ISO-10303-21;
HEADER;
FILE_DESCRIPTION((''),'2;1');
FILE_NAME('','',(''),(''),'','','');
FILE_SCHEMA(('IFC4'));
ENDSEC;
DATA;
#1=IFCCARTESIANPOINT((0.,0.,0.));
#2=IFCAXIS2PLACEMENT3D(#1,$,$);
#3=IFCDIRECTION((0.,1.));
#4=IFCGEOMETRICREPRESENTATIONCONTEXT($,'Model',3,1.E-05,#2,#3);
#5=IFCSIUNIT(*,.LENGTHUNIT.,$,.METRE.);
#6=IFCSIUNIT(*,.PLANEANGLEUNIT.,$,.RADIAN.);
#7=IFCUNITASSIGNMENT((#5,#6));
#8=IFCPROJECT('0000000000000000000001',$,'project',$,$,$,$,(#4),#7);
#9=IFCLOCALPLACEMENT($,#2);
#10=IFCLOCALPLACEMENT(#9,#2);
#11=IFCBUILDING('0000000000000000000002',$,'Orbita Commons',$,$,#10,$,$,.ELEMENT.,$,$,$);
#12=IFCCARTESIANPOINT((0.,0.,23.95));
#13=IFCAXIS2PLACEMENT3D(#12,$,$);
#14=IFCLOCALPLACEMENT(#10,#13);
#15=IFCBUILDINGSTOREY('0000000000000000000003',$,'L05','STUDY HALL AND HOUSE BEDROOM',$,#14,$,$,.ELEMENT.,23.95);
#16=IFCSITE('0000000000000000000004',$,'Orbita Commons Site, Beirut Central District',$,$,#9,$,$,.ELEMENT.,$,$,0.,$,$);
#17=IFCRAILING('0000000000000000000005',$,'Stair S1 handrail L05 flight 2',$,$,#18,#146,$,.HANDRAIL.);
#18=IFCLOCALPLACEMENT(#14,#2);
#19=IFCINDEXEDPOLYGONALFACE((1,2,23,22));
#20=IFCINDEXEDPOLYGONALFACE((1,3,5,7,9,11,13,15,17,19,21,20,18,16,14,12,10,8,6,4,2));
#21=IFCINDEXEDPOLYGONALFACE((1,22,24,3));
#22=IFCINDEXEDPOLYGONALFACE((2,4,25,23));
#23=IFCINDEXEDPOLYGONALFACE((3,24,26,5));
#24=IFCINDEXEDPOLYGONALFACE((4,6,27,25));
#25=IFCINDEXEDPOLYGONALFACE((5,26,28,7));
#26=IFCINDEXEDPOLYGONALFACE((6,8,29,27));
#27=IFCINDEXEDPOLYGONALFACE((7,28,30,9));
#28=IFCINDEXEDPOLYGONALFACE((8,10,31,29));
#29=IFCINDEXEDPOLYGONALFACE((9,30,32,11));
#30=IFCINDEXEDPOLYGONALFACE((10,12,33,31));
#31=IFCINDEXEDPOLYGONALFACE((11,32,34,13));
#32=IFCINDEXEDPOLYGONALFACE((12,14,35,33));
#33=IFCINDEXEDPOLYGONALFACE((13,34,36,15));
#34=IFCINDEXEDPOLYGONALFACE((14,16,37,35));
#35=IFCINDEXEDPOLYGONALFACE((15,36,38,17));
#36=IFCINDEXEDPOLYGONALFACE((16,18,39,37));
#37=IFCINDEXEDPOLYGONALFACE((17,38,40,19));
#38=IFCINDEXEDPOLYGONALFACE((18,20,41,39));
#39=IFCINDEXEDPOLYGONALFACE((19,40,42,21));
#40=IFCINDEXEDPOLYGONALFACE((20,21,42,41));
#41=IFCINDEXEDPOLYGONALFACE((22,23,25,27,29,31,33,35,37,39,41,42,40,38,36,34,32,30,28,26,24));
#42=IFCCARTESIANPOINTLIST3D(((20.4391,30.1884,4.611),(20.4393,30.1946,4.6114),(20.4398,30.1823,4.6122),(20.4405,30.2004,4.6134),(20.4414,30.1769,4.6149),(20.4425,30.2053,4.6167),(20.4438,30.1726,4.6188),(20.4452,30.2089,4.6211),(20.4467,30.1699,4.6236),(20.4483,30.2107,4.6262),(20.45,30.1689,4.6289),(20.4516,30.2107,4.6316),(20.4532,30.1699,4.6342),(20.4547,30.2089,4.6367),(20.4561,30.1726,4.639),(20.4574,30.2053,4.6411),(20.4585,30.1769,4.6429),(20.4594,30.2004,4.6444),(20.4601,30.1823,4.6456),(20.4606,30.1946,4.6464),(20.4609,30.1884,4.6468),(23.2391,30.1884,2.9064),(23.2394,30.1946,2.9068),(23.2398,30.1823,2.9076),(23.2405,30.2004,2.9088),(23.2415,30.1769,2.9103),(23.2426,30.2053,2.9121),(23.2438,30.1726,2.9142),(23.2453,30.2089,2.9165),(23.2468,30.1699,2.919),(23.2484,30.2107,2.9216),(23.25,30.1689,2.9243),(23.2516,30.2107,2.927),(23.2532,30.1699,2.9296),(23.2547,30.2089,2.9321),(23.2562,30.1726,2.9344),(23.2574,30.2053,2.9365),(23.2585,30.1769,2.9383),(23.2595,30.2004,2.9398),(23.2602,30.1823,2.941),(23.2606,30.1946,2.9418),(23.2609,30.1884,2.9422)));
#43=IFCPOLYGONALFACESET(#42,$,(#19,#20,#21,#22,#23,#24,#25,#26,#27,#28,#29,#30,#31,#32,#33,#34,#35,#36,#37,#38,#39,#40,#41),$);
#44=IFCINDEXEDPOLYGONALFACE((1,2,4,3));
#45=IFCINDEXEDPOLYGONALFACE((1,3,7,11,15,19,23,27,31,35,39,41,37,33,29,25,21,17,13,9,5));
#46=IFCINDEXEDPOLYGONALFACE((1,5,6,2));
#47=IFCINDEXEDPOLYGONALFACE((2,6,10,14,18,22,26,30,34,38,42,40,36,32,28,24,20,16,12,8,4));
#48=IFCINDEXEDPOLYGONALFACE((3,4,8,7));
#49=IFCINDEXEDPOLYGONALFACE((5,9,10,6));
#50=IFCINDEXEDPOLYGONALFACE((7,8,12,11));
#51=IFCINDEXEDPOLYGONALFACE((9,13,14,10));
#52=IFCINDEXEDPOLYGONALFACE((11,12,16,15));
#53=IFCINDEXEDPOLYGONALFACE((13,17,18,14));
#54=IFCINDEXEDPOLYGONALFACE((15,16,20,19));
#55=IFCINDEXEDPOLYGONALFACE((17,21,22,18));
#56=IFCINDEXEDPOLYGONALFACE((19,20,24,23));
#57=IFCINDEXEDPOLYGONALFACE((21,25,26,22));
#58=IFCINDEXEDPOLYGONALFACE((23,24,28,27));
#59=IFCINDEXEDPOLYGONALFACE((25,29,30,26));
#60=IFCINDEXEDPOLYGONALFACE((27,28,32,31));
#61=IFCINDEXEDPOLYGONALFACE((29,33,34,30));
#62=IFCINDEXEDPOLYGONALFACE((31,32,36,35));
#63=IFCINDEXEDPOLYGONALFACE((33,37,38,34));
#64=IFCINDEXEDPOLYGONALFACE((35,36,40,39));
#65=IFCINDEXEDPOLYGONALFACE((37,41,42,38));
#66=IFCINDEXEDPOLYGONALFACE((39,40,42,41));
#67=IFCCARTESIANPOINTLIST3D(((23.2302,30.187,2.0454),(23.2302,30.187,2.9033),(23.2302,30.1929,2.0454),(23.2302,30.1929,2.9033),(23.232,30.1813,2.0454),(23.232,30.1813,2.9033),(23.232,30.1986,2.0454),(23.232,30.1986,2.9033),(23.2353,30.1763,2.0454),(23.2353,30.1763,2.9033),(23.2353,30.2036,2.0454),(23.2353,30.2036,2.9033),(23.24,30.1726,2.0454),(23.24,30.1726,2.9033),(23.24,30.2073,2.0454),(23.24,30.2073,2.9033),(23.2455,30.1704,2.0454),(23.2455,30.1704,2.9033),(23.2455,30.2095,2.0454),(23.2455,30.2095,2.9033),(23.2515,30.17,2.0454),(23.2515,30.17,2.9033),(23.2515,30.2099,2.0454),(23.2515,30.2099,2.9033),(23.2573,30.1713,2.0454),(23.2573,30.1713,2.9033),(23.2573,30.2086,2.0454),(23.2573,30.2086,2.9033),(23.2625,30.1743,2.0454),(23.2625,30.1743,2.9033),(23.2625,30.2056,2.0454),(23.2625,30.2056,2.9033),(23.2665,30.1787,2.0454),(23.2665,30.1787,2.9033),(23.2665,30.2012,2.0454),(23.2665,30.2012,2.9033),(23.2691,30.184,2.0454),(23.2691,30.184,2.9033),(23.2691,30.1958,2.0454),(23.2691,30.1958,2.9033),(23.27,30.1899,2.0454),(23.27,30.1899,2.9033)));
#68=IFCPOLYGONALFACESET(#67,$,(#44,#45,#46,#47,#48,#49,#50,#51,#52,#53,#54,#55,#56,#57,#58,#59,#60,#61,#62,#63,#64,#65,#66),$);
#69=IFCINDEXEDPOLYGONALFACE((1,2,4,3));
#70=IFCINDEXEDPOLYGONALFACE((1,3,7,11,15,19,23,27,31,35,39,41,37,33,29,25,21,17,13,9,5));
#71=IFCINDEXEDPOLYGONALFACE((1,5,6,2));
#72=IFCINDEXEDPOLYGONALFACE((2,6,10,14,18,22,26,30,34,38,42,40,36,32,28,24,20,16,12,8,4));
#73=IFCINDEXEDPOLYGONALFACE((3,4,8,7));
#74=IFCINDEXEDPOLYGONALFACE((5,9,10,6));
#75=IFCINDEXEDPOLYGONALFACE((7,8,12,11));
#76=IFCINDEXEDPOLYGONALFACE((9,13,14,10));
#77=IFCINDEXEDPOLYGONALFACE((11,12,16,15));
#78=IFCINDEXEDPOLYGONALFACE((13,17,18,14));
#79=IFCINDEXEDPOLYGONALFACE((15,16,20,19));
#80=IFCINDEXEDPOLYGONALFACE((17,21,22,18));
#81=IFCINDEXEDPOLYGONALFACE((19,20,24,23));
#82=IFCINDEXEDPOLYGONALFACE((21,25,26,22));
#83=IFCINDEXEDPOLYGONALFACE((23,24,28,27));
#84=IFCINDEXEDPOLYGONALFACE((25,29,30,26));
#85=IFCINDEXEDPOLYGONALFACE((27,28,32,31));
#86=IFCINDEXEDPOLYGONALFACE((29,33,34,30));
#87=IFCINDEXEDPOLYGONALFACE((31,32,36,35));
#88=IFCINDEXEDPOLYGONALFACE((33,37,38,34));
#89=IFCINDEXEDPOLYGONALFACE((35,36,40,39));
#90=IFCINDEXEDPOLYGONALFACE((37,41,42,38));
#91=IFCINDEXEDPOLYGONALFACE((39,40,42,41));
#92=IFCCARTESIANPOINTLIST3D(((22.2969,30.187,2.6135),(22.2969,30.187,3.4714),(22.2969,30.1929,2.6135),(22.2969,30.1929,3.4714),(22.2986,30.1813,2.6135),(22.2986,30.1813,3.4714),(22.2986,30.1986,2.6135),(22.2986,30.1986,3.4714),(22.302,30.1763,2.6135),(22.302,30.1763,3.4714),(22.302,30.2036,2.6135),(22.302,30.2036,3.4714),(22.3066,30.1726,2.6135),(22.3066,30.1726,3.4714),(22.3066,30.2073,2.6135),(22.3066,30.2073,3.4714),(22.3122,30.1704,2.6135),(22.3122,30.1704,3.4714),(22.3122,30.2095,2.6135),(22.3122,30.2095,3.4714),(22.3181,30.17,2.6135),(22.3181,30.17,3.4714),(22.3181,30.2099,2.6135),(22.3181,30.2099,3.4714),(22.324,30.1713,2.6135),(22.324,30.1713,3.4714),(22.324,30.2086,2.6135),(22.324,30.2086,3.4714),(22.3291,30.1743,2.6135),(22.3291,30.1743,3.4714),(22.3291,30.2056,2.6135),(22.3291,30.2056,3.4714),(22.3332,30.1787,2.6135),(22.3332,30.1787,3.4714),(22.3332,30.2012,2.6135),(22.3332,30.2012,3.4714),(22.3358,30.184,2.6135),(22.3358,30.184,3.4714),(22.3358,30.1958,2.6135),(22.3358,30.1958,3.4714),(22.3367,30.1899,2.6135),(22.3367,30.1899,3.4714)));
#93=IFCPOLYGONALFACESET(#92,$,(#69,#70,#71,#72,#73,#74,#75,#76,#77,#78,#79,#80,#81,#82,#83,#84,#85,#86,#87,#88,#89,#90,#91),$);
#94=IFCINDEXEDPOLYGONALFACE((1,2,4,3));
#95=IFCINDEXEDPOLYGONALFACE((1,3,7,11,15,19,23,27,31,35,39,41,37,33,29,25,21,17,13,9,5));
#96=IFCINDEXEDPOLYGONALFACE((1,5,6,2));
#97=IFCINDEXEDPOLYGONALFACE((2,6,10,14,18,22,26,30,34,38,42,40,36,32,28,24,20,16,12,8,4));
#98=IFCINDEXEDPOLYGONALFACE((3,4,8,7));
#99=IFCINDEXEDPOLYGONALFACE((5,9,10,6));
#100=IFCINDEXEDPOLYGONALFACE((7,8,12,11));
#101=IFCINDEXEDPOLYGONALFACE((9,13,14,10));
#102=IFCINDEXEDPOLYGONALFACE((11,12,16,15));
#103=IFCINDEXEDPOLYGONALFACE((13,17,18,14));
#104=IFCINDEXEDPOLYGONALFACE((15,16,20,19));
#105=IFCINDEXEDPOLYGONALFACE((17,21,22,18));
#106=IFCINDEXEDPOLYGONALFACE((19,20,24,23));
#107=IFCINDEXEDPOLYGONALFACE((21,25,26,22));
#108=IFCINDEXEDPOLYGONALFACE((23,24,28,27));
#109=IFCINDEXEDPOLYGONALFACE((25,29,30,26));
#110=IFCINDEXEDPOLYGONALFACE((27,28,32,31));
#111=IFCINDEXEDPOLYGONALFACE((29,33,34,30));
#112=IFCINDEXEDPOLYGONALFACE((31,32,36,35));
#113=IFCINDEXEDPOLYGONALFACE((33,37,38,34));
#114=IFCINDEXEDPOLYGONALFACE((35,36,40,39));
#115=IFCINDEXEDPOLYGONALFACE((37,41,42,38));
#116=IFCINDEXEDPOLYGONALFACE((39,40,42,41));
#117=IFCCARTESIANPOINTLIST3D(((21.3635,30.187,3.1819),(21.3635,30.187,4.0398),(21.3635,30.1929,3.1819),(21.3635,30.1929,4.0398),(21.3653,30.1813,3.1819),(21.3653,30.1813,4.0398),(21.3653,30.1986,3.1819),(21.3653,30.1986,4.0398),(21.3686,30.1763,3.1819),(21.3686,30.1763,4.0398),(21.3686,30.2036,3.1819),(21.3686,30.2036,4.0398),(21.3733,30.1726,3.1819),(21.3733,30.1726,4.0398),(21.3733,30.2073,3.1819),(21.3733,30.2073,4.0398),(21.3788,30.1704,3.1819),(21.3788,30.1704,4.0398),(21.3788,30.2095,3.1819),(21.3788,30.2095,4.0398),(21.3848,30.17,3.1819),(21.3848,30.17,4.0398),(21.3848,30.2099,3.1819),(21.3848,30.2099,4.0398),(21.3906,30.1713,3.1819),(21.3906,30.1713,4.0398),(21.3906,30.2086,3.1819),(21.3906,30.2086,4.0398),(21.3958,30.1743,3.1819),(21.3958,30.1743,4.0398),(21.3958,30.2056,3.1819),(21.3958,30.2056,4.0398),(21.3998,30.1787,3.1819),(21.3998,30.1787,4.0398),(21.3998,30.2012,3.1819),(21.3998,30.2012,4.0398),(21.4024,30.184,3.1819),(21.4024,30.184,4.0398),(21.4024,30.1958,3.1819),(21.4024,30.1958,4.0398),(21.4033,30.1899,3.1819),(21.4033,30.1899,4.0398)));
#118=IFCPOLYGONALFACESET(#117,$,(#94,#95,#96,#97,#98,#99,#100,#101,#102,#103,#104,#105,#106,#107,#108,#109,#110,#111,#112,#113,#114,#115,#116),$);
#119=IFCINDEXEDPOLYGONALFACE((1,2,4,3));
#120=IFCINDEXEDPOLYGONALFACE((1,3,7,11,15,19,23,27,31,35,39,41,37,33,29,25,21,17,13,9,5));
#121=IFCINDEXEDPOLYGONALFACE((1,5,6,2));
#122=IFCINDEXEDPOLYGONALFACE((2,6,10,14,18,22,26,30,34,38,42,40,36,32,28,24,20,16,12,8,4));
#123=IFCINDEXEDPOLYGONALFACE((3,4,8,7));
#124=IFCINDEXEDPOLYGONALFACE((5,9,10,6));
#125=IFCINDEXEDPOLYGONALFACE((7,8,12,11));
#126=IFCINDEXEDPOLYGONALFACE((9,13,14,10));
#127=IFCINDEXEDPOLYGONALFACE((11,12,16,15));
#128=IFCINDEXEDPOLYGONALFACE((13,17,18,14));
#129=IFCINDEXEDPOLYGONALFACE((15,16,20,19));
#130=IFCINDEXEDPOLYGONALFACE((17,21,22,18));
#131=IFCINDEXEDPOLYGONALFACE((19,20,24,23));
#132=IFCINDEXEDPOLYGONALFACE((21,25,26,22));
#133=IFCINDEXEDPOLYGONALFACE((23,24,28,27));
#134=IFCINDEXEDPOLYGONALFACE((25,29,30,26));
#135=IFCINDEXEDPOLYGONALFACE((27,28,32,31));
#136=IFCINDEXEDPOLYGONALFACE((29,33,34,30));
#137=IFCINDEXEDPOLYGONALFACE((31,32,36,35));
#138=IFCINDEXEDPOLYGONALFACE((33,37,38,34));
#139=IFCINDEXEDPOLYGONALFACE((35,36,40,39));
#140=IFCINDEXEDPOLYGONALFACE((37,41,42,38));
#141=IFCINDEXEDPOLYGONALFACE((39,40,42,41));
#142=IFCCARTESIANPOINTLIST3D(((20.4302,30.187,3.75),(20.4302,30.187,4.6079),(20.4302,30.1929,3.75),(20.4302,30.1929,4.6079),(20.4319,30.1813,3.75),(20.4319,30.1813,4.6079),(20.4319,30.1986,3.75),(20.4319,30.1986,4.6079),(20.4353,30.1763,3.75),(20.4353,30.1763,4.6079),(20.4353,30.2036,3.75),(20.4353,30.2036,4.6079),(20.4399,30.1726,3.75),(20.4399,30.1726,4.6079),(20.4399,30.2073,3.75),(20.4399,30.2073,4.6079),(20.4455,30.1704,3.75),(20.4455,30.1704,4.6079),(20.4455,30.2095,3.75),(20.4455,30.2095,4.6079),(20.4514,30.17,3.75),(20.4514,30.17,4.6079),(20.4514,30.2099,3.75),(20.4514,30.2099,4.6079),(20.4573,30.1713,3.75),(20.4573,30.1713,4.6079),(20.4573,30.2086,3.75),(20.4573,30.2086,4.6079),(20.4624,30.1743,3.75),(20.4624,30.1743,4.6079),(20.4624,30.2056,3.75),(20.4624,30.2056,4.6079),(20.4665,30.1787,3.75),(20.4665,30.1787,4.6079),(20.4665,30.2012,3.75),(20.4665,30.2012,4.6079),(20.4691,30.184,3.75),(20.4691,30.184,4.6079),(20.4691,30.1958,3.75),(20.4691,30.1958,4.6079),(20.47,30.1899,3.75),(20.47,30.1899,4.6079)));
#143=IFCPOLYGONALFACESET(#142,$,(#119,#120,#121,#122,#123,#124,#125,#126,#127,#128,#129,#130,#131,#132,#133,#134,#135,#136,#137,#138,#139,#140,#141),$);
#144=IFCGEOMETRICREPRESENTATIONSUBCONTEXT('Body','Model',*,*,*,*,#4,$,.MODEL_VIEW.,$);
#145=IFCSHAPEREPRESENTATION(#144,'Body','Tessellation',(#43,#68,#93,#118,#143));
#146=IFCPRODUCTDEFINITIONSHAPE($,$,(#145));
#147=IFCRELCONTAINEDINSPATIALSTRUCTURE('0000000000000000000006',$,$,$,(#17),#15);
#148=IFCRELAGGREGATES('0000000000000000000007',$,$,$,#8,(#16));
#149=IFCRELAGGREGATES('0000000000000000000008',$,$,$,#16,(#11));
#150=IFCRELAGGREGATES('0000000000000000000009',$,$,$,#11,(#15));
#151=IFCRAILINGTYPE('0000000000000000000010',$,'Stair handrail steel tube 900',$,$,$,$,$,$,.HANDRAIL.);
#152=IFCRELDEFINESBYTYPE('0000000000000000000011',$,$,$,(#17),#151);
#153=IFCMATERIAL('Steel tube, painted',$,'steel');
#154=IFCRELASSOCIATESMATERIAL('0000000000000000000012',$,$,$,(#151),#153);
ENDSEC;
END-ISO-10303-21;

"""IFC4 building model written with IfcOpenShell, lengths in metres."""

from ifc_helpers import new_model, si_unit, direction, frame, origin, origin_2d, place, context, subcontext, project, spatial, circle, extrude, material, type_object, element, save


model = new_model("IFC4")

# Units and contexts
model_context = context("Model", 3, precision=1e-05, world=origin(), true_north=direction((0.0, 1.0)))
body_context = subcontext(model_context, "Body", "Model", "MODEL_VIEW")
ifc_project = project(units=[si_unit("LENGTHUNIT", "METRE"), si_unit("PLANEANGLEUNIT", "RADIAN")], contexts=[model_context])

# Site, building, storey
site_placement = place(None, origin())
site = spatial("IfcSite", under=ifc_project, at=site_placement, Name="Orbita Commons Site, Beirut Central District", CompositionType="ELEMENT", RefElevation=0.0)
building_placement = place(site_placement, origin())
building = spatial("IfcBuilding", under=site, at=building_placement, Name="Orbita Commons", CompositionType="ELEMENT")
storey_placement = place(building_placement, frame((0.0, 0.0, 23.95)))
storey = spatial("IfcBuildingStorey", under=building, at=storey_placement, Name="L05", Description="STUDY HALL AND HOUSE BEDROOM", CompositionType="ELEMENT", Elevation=23.95)

# Railing
ifc_material_1 = material(Name="Steel tube, painted", Category="steel")
railing_type = type_object("IfcRailingType", Name="Stair handrail steel tube 900", PredefinedType="HANDRAIL", material=ifc_material_1)
for number, where, name in (
    (1, (23.25, 30.1899, 2.0454), "Stair S1 handrail L05 flight 2"),
):
    element("IfcRailing", number, at=place(storey_placement, frame(where)), inside=storey, type_object=railing_type, Name=name, PredefinedType="HANDRAIL", context=body_context, shape_type="SweptSolid", body=[
        extrude(circle(Radius=0.021, at=origin_2d()), frame((0.0, 0.0, 0.8789), z_axis=(-0.85417, 0.0, 0.519994), x_axis=(0.0, -1.0, 0.0)), (0.0, 0.0, 1.0), 3.2781),
        extrude(circle(Radius=0.02, at=origin_2d()), origin(), (0.0, 0.0, 1.0), 0.8579),
        extrude(circle(Radius=0.02, at=origin_2d()), frame((-0.9333, 0.0, 0.5681)), (0.0, 0.0, 1.0), 0.8579),
        extrude(circle(Radius=0.02, at=origin_2d()), frame((-1.8667, 0.0, 1.1365)), (0.0, 0.0, 1.0), 0.8579),
        extrude(circle(Radius=0.02, at=origin_2d()), frame((-2.8, 0.0, 1.7046)), (0.0, 0.0, 1.0), 0.8579),
    ])

save(model, "model.ifc")
